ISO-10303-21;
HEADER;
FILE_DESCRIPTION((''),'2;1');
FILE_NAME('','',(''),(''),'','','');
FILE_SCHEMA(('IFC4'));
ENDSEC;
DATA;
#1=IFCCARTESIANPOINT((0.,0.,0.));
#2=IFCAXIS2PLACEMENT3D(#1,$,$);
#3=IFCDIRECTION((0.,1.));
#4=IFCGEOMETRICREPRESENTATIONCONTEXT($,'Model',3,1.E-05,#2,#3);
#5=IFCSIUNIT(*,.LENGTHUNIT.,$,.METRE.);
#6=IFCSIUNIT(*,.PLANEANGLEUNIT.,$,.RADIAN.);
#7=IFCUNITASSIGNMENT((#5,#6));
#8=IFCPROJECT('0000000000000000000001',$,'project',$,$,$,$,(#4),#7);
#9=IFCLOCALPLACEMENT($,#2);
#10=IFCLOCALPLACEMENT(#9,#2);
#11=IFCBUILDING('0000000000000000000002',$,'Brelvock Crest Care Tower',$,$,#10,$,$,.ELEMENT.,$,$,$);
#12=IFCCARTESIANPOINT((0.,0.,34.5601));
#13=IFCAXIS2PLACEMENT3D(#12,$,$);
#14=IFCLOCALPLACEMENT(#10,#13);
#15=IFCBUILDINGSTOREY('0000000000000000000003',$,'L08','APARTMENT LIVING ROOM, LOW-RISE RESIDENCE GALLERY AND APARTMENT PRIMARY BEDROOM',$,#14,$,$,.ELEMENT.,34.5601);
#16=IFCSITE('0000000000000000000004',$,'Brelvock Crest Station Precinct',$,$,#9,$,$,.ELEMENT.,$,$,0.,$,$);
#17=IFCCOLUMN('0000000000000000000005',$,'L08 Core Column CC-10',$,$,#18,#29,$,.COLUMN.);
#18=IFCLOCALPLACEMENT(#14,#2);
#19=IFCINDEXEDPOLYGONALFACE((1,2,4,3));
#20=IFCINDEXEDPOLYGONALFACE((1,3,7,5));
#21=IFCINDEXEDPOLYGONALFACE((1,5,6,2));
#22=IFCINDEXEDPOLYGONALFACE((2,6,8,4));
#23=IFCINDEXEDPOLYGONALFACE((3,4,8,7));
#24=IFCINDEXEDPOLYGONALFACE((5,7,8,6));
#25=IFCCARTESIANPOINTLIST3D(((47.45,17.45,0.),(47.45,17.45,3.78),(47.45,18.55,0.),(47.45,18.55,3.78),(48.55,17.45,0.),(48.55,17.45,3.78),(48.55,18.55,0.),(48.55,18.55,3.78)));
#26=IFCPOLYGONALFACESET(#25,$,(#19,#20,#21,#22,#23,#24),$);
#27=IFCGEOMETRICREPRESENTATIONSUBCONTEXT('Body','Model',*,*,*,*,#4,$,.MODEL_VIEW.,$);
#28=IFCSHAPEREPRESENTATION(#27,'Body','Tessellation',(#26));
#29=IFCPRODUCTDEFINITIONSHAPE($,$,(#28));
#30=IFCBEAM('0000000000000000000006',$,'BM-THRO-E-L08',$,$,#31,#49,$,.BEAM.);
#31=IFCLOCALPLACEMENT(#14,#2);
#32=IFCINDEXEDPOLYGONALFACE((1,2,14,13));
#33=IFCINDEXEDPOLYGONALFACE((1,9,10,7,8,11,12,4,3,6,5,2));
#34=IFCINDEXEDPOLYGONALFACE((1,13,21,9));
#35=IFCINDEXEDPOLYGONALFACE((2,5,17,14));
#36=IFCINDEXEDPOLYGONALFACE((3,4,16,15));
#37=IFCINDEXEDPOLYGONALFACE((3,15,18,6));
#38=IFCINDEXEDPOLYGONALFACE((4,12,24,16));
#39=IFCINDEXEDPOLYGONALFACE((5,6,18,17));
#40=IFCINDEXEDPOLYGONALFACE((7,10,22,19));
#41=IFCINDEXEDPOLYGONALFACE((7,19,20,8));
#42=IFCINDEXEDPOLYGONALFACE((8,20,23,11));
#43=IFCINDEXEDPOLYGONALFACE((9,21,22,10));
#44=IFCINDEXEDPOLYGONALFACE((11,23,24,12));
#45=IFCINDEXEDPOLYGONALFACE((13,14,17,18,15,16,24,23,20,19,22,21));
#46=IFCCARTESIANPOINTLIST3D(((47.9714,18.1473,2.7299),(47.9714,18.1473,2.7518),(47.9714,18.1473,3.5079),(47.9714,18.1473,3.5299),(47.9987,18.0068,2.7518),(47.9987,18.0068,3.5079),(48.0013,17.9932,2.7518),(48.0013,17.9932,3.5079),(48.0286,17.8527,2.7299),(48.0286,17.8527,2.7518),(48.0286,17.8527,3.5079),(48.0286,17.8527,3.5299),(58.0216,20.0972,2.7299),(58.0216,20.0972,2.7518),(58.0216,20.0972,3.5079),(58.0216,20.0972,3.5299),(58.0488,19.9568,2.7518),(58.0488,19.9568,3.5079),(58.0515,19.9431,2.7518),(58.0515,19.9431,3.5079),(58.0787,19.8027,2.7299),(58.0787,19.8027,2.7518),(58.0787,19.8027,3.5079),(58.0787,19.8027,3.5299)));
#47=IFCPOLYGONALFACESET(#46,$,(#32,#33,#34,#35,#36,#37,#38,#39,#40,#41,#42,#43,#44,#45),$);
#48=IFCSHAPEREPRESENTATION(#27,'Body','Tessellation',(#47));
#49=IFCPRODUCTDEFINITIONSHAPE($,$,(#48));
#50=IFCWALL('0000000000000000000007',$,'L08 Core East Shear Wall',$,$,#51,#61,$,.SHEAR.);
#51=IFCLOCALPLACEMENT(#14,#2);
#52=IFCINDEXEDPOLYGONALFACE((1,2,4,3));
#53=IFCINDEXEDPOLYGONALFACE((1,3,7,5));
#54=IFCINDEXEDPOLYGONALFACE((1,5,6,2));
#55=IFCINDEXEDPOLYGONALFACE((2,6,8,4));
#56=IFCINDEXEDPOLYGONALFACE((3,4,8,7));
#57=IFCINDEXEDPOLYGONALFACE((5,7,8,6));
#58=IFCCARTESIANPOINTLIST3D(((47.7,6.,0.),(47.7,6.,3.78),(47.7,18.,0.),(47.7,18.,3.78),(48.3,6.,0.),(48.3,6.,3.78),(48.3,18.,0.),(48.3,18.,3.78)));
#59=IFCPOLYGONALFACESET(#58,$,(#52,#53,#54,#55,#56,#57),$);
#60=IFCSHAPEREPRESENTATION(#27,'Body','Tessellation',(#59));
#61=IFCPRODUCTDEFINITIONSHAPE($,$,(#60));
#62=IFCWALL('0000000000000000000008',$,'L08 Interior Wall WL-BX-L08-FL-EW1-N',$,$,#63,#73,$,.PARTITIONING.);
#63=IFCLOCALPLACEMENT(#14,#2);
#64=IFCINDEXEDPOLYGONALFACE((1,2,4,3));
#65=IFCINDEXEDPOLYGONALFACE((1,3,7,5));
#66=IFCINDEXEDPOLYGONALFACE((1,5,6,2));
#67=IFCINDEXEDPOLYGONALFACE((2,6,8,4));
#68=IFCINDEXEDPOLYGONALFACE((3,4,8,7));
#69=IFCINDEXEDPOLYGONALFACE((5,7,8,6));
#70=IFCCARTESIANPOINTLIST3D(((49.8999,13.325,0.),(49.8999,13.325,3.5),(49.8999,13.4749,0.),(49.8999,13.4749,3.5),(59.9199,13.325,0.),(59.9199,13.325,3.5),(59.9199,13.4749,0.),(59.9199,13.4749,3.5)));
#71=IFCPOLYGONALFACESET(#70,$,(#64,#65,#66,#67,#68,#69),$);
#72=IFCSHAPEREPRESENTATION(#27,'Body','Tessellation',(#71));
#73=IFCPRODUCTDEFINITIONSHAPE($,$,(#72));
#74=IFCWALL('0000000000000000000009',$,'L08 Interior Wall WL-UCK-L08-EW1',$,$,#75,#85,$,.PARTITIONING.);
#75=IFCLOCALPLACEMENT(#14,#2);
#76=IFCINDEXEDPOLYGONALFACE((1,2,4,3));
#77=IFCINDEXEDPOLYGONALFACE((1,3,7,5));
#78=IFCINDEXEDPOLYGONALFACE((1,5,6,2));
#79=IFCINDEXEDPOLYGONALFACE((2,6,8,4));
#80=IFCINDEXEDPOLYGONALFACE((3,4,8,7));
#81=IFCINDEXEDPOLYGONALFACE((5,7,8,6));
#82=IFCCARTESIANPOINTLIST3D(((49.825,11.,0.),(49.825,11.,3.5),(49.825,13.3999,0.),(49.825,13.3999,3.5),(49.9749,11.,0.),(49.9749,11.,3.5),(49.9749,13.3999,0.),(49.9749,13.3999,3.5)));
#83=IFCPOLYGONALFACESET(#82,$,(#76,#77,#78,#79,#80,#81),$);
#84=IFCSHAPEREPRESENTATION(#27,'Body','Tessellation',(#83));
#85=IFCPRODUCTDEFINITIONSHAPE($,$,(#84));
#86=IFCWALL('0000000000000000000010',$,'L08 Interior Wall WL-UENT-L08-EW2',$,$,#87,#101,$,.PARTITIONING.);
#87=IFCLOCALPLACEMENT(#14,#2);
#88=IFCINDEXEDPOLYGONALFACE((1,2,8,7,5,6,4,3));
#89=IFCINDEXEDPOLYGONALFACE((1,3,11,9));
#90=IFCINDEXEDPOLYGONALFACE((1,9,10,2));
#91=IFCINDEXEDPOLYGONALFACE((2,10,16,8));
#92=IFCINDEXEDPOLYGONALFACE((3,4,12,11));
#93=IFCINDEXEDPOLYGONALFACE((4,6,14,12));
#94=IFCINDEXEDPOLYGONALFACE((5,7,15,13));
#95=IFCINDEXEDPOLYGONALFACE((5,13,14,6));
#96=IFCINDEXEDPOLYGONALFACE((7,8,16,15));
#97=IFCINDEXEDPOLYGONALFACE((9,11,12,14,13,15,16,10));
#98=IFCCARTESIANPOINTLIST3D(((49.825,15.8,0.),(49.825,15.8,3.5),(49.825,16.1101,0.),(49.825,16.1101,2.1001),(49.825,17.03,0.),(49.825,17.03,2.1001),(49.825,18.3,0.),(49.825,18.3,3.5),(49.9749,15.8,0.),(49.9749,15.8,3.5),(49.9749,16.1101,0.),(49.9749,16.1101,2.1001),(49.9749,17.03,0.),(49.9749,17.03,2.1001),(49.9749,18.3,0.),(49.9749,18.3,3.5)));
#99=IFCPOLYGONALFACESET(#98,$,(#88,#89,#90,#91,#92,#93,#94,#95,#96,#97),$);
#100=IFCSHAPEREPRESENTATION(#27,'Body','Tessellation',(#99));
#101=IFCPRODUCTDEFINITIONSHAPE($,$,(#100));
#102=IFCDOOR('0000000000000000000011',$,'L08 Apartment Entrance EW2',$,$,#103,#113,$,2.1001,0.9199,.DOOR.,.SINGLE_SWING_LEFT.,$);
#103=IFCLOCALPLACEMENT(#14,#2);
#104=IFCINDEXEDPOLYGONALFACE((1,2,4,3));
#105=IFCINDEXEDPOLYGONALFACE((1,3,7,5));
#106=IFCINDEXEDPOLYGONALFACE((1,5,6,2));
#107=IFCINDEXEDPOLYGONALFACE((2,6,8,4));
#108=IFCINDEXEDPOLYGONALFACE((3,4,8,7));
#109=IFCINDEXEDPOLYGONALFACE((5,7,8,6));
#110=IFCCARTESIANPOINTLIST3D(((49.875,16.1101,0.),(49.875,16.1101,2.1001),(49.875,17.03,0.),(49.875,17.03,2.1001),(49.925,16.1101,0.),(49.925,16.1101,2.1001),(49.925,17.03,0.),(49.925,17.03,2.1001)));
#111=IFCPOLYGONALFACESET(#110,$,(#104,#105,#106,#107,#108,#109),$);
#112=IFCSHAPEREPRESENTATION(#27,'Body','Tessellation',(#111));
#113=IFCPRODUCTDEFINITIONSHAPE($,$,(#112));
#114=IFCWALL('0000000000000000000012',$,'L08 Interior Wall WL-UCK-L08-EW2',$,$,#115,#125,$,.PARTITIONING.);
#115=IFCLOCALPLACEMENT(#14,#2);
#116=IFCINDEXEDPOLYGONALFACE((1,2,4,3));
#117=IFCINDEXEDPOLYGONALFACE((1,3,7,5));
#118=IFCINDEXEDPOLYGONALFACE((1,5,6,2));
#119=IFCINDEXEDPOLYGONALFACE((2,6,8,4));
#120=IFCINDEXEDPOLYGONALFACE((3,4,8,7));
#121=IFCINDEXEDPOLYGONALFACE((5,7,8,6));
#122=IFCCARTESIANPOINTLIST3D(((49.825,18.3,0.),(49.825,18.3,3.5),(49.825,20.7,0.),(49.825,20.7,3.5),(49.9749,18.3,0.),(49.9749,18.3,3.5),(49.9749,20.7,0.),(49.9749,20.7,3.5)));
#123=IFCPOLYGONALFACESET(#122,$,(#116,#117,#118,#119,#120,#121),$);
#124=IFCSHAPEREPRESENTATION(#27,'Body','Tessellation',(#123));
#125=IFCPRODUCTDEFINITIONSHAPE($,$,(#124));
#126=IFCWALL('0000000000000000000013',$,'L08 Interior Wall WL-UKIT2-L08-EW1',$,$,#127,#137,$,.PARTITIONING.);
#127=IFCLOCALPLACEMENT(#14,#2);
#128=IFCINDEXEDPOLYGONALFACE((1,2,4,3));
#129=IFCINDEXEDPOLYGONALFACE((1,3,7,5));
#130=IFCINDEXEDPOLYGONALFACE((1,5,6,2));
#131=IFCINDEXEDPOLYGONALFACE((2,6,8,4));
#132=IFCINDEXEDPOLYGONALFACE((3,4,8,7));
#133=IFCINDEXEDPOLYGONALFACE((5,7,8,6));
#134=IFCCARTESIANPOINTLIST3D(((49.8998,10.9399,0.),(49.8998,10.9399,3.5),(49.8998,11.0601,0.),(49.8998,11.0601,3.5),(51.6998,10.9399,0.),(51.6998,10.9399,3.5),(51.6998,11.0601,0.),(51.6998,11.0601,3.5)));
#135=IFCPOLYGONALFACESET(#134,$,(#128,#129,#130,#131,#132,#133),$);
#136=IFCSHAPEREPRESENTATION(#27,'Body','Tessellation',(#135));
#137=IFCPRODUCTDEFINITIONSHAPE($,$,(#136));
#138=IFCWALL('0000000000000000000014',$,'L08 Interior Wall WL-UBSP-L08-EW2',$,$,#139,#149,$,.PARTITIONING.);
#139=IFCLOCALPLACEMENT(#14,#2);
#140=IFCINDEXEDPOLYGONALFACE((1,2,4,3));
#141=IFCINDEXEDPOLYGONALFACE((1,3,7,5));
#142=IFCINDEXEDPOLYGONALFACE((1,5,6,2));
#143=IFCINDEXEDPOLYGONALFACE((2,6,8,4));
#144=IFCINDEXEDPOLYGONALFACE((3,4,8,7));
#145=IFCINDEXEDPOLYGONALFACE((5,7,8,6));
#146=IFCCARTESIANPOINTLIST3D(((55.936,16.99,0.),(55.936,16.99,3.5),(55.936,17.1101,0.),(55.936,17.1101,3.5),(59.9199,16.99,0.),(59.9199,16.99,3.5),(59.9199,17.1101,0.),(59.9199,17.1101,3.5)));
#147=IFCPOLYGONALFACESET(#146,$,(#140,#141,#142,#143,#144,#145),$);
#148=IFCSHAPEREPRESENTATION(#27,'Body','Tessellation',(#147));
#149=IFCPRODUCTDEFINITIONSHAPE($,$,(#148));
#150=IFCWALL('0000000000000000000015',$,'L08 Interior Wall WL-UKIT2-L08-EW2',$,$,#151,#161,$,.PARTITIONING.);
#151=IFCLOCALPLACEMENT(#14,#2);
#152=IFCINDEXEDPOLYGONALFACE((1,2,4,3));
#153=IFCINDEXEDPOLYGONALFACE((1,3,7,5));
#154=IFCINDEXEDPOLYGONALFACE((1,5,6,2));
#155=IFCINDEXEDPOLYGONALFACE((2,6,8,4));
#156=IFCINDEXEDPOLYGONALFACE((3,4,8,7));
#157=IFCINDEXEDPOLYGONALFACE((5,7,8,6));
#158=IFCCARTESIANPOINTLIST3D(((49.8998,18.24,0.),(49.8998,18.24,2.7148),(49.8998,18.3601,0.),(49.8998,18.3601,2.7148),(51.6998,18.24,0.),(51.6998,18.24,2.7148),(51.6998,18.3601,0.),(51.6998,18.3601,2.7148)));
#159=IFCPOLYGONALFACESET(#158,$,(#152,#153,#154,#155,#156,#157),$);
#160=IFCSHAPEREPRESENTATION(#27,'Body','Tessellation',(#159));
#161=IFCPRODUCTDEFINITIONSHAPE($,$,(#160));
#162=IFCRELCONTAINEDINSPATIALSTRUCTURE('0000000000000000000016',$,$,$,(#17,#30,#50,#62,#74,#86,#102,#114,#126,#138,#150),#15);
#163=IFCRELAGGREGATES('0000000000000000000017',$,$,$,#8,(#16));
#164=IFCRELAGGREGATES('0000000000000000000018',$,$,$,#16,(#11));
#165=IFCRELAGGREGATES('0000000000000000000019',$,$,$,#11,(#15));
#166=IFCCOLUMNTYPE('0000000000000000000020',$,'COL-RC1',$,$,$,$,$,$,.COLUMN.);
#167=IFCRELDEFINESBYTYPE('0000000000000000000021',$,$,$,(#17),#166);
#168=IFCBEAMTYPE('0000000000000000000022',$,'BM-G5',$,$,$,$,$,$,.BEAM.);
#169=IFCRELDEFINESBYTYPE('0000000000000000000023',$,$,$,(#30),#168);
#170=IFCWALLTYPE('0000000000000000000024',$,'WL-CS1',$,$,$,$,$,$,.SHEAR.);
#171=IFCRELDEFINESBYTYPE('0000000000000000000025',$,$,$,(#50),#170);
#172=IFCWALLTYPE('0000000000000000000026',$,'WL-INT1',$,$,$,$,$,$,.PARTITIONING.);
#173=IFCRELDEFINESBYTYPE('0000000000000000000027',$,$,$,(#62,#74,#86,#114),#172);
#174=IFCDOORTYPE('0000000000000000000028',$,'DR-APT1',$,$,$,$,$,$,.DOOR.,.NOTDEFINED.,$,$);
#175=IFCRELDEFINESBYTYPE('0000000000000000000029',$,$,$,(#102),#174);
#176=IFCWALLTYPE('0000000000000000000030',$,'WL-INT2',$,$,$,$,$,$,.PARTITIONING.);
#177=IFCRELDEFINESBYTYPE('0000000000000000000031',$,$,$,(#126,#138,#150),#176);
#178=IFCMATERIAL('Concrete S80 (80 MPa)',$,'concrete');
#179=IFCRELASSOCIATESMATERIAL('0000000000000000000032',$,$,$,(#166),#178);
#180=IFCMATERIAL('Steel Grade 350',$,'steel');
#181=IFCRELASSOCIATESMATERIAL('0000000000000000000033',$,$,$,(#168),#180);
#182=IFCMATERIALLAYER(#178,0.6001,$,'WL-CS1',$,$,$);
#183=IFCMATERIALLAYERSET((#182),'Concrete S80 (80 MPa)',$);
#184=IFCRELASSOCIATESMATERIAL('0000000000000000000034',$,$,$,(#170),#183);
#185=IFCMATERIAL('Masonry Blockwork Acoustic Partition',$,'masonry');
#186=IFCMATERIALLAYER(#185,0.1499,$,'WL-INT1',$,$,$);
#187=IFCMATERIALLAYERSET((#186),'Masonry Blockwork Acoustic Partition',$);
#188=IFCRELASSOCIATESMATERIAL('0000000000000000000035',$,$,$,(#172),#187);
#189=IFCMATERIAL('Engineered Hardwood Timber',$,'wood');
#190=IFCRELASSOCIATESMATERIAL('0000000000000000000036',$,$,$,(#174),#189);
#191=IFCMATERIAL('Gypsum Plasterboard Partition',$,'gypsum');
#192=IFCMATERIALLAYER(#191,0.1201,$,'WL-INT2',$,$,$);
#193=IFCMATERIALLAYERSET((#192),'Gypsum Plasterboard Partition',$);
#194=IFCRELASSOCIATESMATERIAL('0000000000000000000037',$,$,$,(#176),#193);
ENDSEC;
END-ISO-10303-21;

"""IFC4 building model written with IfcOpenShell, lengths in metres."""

from ifc_helpers import new_model, si_unit, direction, frame, frame_2d, origin, origin_2d, place, context, subcontext, project, spatial, rectangle, i_section, extrude, source, transform, mapped, material, layer, layer_set, material_profile, profile_set, type_object, element, fill, save


model = new_model("IFC4")

# Units and contexts
model_context = context("Model", 3, precision=1e-05, world=origin(), true_north=direction((0.0, 1.0)))
body_context = subcontext(model_context, "Body", "Model", "MODEL_VIEW")
ifc_project = project(units=[si_unit("LENGTHUNIT", "METRE"), si_unit("PLANEANGLEUNIT", "RADIAN")], contexts=[model_context])

# Site, building, storey
site_placement = place(None, origin())
site = spatial("IfcSite", under=ifc_project, at=site_placement, Name="Brelvock Crest Station Precinct", CompositionType="ELEMENT", RefElevation=0.0)
building_placement = place(site_placement, origin())
building = spatial("IfcBuilding", under=site, at=building_placement, Name="Brelvock Crest Care Tower", CompositionType="ELEMENT")
storey_placement = place(building_placement, frame((0.0, 0.0, 34.5601)))
storey = spatial("IfcBuildingStorey", under=building, at=storey_placement, Name="L08", Description="APARTMENT LIVING ROOM, LOW-RISE RESIDENCE GALLERY AND APARTMENT PRIMARY BEDROOM", CompositionType="ELEMENT", Elevation=34.5601)

# Column
ifc_material_1 = material(Name="Concrete S80 (80 MPa)", Category="concrete")
ifc_material_profile_1 = material_profile(ifc_material_1, rectangle(XDim=1.1001, YDim=1.1001, at=origin_2d()), Name="RC1100x1100")
ifc_profile_set_1 = profile_set([ifc_material_profile_1], Name="Concrete S80 (80 MPa)")
column_type = type_object("IfcColumnType", Name="COL-RC1", PredefinedType="COLUMN", material=ifc_profile_set_1)
shared_shape_1 = source(origin(), body_context, "Body", "SweptSolid", [
    extrude(rectangle(XDim=1.1001, YDim=1.1001, at=origin_2d()), origin(), (0.0, 0.0, 1.0), 3.78),
])
column_placement = place(storey_placement, frame((48.0, 18.0, 0.0), z_axis=(0.0, 0.0, 1.0), x_axis=(1.0, 0.0, 0.0)))
element("IfcColumn", 1, at=column_placement, inside=storey, type_object=column_type, Name="L08 Core Column CC-10", PredefinedType="COLUMN", context=body_context, shape_type="MappedRepresentation", body=[
    mapped(shared_shape_1, transform((0.0, 0.0, 0.0), x_axis=(1.0, 0.0, 0.0), y_axis=(0.0, 1.0, 0.0), z_axis=(0.0, 0.0, 1.0), scale=1.0)),
])

# Beam
ifc_material_2 = material(Name="Steel Grade 350", Category="steel")
ifc_material_profile_2 = material_profile(ifc_material_2, i_section(OverallWidth=0.3, OverallDepth=0.8, WebThickness=0.0139, FlangeThickness=0.022, at=origin_2d()), Name="800WB192")
ifc_profile_set_2 = profile_set([ifc_material_profile_2], Name="Steel Grade 350")
beam_type = type_object("IfcBeamType", Name="BM-G5", PredefinedType="BEAM", material=ifc_profile_set_2)
shared_shape_2 = source(origin(), body_context, "Body", "SweptSolid", [
    extrude(i_section(OverallWidth=0.3, OverallDepth=0.8, WebThickness=0.0139, FlangeThickness=0.022, at=origin_2d()), origin(), (0.0, 0.0, 1.0), 10.2375),
])
beam_placement = place(storey_placement, frame((48.0, 18.0, 3.1299), z_axis=(0.981693, 0.190472, 0.0), x_axis=(-0.190472, 0.981693, 0.0)))
element("IfcBeam", 2, at=beam_placement, inside=storey, type_object=beam_type, Name="BM-THRO-E-L08", PredefinedType="BEAM", context=body_context, shape_type="MappedRepresentation", body=[
    mapped(shared_shape_2, transform((0.0, 0.0, 0.0), x_axis=(1.0, 0.0, 0.0), y_axis=(0.0, 1.0, 0.0), z_axis=(0.0, 0.0, 1.0), scale=1.0)),
])

# Walls
ifc_layer_1 = layer(ifc_material_1, 0.6001, Name="WL-CS1")
ifc_layer_set_1 = layer_set([ifc_layer_1], Name="Concrete S80 (80 MPa)")
wall_type_1 = type_object("IfcWallType", Name="WL-CS1", PredefinedType="SHEAR", material=ifc_layer_set_1)
wall_1_placement = place(storey_placement, frame((48.0, 18.0, 0.0), z_axis=(0.0, 0.0, 1.0), x_axis=(0.0, -1.0, 0.0)))
element("IfcWall", 3, at=wall_1_placement, inside=storey, type_object=wall_type_1, Name="L08 Core East Shear Wall", PredefinedType="SHEAR", context=body_context, shape_type="SweptSolid", body=[
    extrude(rectangle(XDim=12.0, YDim=0.6001, at=frame_2d((6.0, 0.0))), origin(), (0.0, 0.0, 1.0), 3.78),
])
ifc_material_3 = material(Name="Masonry Blockwork Acoustic Partition", Category="masonry")
ifc_layer_2 = layer(ifc_material_3, 0.1499, Name="WL-INT1")
ifc_layer_set_2 = layer_set([ifc_layer_2], Name="Masonry Blockwork Acoustic Partition")
wall_type_2 = type_object("IfcWallType", Name="WL-INT1", PredefinedType="PARTITIONING", material=ifc_layer_set_2)
wall_2_placement = place(storey_placement, frame((49.8999, 13.3999, 0.0), z_axis=(0.0, 0.0, 1.0), x_axis=(1.0, 0.0, 0.0)))
element("IfcWall", 4, at=wall_2_placement, inside=storey, type_object=wall_type_2, Name="L08 Interior Wall WL-BX-L08-FL-EW1-N", PredefinedType="PARTITIONING", context=body_context, shape_type="SweptSolid", body=[
    extrude(rectangle(XDim=10.02, YDim=0.1499, at=frame_2d((5.01, 0.0))), origin(), (0.0, 0.0, 1.0), 3.5),
])
wall_3_placement = place(storey_placement, frame((49.8999, 11.0, 0.0), z_axis=(0.0, 0.0, 1.0), x_axis=(0.0, 1.0, 0.0)))
element("IfcWall", 5, at=wall_3_placement, inside=storey, type_object=wall_type_2, Name="L08 Interior Wall WL-UCK-L08-EW1", PredefinedType="PARTITIONING", context=body_context, shape_type="SweptSolid", body=[
    extrude(rectangle(XDim=2.3999, YDim=0.1499, at=frame_2d((1.2, 0.0))), origin(), (0.0, 0.0, 1.0), 3.5),
])

# Wall, opening, door
wall_4_placement = place(storey_placement, frame((49.8999, 15.8, 0.0), z_axis=(0.0, 0.0, 1.0), x_axis=(0.0, 1.0, 0.0)))
wall_4 = element("IfcWall", 6, at=wall_4_placement, inside=storey, type_object=wall_type_2, Name="L08 Interior Wall WL-UENT-L08-EW2", PredefinedType="PARTITIONING", context=body_context, shape_type="SweptSolid", body=[
    extrude(rectangle(XDim=2.5, YDim=0.1499, at=frame_2d((1.25, 0.0))), origin(), (0.0, 0.0, 1.0), 3.5),
])
opening_1_placement = place(wall_4_placement, frame((0.3101, 0.0, 0.0)))
opening_1 = element("IfcOpeningElement", 7, at=opening_1_placement, cuts=wall_4, PredefinedType="OPENING", context=body_context, shape_type="SweptSolid", body=[
    extrude(rectangle(XDim=0.9199, YDim=2.1001, at=origin_2d()), frame((0.46, 0.085, 1.05), z_axis=(0.0, -1.0, 0.0), x_axis=(1.0, 0.0, 0.0)), (0.0, 0.0, 1.0), 0.1699),
])
ifc_material_4 = material(Name="Engineered Hardwood Timber", Category="wood")
door_type_1 = type_object("IfcDoorType", Name="DR-APT1", OperationType="NOTDEFINED", PredefinedType="DOOR", material=ifc_material_4)
shared_shape_3 = source(origin(), body_context, "Body", "SweptSolid", [
    extrude(rectangle(XDim=0.9199, YDim=2.1001, at=origin_2d()), frame((0.46, 0.0249, 1.05), z_axis=(0.0, -1.0, 0.0), x_axis=(1.0, 0.0, 0.0)), (0.0, 0.0, 1.0), 0.05),
])
door_1_placement = place(opening_1_placement, origin())
door_1 = element("IfcDoor", 8, at=door_1_placement, inside=storey, type_object=door_type_1, Name="L08 Apartment Entrance EW2", OperationType="SINGLE_SWING_LEFT", OverallHeight=2.1001, OverallWidth=0.9199, PredefinedType="DOOR", context=body_context, shape_type="MappedRepresentation", body=[
    mapped(shared_shape_3, transform((0.0, 0.0, 0.0), x_axis=(1.0, 0.0, 0.0), y_axis=(0.0, 1.0, 0.0), z_axis=(0.0, 0.0, 1.0), scale=1.0)),
])
fill(opening_1, door_1)

# Walls
wall_5_placement = place(storey_placement, frame((49.8999, 18.3, 0.0), z_axis=(0.0, 0.0, 1.0), x_axis=(0.0, 1.0, 0.0)))
element("IfcWall", 9, at=wall_5_placement, inside=storey, type_object=wall_type_2, Name="L08 Interior Wall WL-UCK-L08-EW2", PredefinedType="PARTITIONING", context=body_context, shape_type="SweptSolid", body=[
    extrude(rectangle(XDim=2.3999, YDim=0.1499, at=frame_2d((1.2, 0.0))), origin(), (0.0, 0.0, 1.0), 3.5),
])
ifc_material_5 = material(Name="Gypsum Plasterboard Partition", Category="gypsum")
ifc_layer_3 = layer(ifc_material_5, 0.1201, Name="WL-INT2")
ifc_layer_set_3 = layer_set([ifc_layer_3], Name="Gypsum Plasterboard Partition")
wall_type_3 = type_object("IfcWallType", Name="WL-INT2", PredefinedType="PARTITIONING", material=ifc_layer_set_3)
wall_6_placement = place(storey_placement, frame((49.8999, 11.0, 0.0), z_axis=(0.0, 0.0, 1.0), x_axis=(1.0, 0.0, 0.0)))
element("IfcWall", 10, at=wall_6_placement, inside=storey, type_object=wall_type_3, Name="L08 Interior Wall WL-UKIT2-L08-EW1", PredefinedType="PARTITIONING", context=body_context, shape_type="SweptSolid", body=[
    extrude(rectangle(XDim=1.8, YDim=0.1201, at=frame_2d((0.8999, 0.0))), origin(), (0.0, 0.0, 1.0), 3.5),
])
wall_7_placement = place(storey_placement, frame((55.936, 17.05, 0.0), z_axis=(0.0, 0.0, 1.0), x_axis=(1.0, 0.0, 0.0)))
element("IfcWall", 11, at=wall_7_placement, inside=storey, type_object=wall_type_3, Name="L08 Interior Wall WL-UBSP-L08-EW2", PredefinedType="PARTITIONING", context=body_context, shape_type="SweptSolid", body=[
    extrude(rectangle(XDim=3.9839, YDim=0.1201, at=frame_2d((1.9919, 0.0))), origin(), (0.0, 0.0, 1.0), 3.5),
])
wall_8_placement = place(storey_placement, frame((49.8999, 18.3, 0.0), z_axis=(0.0, 0.0, 1.0), x_axis=(1.0, 0.0, 0.0)))
element("IfcWall", 12, at=wall_8_placement, inside=storey, type_object=wall_type_3, Name="L08 Interior Wall WL-UKIT2-L08-EW2", PredefinedType="PARTITIONING", context=body_context, shape_type="SweptSolid", body=[
    extrude(rectangle(XDim=1.8, YDim=0.1201, at=frame_2d((0.8999, 0.0))), origin(), (0.0, 0.0, 1.0), 2.7148),
])

save(model, "model.ifc")
